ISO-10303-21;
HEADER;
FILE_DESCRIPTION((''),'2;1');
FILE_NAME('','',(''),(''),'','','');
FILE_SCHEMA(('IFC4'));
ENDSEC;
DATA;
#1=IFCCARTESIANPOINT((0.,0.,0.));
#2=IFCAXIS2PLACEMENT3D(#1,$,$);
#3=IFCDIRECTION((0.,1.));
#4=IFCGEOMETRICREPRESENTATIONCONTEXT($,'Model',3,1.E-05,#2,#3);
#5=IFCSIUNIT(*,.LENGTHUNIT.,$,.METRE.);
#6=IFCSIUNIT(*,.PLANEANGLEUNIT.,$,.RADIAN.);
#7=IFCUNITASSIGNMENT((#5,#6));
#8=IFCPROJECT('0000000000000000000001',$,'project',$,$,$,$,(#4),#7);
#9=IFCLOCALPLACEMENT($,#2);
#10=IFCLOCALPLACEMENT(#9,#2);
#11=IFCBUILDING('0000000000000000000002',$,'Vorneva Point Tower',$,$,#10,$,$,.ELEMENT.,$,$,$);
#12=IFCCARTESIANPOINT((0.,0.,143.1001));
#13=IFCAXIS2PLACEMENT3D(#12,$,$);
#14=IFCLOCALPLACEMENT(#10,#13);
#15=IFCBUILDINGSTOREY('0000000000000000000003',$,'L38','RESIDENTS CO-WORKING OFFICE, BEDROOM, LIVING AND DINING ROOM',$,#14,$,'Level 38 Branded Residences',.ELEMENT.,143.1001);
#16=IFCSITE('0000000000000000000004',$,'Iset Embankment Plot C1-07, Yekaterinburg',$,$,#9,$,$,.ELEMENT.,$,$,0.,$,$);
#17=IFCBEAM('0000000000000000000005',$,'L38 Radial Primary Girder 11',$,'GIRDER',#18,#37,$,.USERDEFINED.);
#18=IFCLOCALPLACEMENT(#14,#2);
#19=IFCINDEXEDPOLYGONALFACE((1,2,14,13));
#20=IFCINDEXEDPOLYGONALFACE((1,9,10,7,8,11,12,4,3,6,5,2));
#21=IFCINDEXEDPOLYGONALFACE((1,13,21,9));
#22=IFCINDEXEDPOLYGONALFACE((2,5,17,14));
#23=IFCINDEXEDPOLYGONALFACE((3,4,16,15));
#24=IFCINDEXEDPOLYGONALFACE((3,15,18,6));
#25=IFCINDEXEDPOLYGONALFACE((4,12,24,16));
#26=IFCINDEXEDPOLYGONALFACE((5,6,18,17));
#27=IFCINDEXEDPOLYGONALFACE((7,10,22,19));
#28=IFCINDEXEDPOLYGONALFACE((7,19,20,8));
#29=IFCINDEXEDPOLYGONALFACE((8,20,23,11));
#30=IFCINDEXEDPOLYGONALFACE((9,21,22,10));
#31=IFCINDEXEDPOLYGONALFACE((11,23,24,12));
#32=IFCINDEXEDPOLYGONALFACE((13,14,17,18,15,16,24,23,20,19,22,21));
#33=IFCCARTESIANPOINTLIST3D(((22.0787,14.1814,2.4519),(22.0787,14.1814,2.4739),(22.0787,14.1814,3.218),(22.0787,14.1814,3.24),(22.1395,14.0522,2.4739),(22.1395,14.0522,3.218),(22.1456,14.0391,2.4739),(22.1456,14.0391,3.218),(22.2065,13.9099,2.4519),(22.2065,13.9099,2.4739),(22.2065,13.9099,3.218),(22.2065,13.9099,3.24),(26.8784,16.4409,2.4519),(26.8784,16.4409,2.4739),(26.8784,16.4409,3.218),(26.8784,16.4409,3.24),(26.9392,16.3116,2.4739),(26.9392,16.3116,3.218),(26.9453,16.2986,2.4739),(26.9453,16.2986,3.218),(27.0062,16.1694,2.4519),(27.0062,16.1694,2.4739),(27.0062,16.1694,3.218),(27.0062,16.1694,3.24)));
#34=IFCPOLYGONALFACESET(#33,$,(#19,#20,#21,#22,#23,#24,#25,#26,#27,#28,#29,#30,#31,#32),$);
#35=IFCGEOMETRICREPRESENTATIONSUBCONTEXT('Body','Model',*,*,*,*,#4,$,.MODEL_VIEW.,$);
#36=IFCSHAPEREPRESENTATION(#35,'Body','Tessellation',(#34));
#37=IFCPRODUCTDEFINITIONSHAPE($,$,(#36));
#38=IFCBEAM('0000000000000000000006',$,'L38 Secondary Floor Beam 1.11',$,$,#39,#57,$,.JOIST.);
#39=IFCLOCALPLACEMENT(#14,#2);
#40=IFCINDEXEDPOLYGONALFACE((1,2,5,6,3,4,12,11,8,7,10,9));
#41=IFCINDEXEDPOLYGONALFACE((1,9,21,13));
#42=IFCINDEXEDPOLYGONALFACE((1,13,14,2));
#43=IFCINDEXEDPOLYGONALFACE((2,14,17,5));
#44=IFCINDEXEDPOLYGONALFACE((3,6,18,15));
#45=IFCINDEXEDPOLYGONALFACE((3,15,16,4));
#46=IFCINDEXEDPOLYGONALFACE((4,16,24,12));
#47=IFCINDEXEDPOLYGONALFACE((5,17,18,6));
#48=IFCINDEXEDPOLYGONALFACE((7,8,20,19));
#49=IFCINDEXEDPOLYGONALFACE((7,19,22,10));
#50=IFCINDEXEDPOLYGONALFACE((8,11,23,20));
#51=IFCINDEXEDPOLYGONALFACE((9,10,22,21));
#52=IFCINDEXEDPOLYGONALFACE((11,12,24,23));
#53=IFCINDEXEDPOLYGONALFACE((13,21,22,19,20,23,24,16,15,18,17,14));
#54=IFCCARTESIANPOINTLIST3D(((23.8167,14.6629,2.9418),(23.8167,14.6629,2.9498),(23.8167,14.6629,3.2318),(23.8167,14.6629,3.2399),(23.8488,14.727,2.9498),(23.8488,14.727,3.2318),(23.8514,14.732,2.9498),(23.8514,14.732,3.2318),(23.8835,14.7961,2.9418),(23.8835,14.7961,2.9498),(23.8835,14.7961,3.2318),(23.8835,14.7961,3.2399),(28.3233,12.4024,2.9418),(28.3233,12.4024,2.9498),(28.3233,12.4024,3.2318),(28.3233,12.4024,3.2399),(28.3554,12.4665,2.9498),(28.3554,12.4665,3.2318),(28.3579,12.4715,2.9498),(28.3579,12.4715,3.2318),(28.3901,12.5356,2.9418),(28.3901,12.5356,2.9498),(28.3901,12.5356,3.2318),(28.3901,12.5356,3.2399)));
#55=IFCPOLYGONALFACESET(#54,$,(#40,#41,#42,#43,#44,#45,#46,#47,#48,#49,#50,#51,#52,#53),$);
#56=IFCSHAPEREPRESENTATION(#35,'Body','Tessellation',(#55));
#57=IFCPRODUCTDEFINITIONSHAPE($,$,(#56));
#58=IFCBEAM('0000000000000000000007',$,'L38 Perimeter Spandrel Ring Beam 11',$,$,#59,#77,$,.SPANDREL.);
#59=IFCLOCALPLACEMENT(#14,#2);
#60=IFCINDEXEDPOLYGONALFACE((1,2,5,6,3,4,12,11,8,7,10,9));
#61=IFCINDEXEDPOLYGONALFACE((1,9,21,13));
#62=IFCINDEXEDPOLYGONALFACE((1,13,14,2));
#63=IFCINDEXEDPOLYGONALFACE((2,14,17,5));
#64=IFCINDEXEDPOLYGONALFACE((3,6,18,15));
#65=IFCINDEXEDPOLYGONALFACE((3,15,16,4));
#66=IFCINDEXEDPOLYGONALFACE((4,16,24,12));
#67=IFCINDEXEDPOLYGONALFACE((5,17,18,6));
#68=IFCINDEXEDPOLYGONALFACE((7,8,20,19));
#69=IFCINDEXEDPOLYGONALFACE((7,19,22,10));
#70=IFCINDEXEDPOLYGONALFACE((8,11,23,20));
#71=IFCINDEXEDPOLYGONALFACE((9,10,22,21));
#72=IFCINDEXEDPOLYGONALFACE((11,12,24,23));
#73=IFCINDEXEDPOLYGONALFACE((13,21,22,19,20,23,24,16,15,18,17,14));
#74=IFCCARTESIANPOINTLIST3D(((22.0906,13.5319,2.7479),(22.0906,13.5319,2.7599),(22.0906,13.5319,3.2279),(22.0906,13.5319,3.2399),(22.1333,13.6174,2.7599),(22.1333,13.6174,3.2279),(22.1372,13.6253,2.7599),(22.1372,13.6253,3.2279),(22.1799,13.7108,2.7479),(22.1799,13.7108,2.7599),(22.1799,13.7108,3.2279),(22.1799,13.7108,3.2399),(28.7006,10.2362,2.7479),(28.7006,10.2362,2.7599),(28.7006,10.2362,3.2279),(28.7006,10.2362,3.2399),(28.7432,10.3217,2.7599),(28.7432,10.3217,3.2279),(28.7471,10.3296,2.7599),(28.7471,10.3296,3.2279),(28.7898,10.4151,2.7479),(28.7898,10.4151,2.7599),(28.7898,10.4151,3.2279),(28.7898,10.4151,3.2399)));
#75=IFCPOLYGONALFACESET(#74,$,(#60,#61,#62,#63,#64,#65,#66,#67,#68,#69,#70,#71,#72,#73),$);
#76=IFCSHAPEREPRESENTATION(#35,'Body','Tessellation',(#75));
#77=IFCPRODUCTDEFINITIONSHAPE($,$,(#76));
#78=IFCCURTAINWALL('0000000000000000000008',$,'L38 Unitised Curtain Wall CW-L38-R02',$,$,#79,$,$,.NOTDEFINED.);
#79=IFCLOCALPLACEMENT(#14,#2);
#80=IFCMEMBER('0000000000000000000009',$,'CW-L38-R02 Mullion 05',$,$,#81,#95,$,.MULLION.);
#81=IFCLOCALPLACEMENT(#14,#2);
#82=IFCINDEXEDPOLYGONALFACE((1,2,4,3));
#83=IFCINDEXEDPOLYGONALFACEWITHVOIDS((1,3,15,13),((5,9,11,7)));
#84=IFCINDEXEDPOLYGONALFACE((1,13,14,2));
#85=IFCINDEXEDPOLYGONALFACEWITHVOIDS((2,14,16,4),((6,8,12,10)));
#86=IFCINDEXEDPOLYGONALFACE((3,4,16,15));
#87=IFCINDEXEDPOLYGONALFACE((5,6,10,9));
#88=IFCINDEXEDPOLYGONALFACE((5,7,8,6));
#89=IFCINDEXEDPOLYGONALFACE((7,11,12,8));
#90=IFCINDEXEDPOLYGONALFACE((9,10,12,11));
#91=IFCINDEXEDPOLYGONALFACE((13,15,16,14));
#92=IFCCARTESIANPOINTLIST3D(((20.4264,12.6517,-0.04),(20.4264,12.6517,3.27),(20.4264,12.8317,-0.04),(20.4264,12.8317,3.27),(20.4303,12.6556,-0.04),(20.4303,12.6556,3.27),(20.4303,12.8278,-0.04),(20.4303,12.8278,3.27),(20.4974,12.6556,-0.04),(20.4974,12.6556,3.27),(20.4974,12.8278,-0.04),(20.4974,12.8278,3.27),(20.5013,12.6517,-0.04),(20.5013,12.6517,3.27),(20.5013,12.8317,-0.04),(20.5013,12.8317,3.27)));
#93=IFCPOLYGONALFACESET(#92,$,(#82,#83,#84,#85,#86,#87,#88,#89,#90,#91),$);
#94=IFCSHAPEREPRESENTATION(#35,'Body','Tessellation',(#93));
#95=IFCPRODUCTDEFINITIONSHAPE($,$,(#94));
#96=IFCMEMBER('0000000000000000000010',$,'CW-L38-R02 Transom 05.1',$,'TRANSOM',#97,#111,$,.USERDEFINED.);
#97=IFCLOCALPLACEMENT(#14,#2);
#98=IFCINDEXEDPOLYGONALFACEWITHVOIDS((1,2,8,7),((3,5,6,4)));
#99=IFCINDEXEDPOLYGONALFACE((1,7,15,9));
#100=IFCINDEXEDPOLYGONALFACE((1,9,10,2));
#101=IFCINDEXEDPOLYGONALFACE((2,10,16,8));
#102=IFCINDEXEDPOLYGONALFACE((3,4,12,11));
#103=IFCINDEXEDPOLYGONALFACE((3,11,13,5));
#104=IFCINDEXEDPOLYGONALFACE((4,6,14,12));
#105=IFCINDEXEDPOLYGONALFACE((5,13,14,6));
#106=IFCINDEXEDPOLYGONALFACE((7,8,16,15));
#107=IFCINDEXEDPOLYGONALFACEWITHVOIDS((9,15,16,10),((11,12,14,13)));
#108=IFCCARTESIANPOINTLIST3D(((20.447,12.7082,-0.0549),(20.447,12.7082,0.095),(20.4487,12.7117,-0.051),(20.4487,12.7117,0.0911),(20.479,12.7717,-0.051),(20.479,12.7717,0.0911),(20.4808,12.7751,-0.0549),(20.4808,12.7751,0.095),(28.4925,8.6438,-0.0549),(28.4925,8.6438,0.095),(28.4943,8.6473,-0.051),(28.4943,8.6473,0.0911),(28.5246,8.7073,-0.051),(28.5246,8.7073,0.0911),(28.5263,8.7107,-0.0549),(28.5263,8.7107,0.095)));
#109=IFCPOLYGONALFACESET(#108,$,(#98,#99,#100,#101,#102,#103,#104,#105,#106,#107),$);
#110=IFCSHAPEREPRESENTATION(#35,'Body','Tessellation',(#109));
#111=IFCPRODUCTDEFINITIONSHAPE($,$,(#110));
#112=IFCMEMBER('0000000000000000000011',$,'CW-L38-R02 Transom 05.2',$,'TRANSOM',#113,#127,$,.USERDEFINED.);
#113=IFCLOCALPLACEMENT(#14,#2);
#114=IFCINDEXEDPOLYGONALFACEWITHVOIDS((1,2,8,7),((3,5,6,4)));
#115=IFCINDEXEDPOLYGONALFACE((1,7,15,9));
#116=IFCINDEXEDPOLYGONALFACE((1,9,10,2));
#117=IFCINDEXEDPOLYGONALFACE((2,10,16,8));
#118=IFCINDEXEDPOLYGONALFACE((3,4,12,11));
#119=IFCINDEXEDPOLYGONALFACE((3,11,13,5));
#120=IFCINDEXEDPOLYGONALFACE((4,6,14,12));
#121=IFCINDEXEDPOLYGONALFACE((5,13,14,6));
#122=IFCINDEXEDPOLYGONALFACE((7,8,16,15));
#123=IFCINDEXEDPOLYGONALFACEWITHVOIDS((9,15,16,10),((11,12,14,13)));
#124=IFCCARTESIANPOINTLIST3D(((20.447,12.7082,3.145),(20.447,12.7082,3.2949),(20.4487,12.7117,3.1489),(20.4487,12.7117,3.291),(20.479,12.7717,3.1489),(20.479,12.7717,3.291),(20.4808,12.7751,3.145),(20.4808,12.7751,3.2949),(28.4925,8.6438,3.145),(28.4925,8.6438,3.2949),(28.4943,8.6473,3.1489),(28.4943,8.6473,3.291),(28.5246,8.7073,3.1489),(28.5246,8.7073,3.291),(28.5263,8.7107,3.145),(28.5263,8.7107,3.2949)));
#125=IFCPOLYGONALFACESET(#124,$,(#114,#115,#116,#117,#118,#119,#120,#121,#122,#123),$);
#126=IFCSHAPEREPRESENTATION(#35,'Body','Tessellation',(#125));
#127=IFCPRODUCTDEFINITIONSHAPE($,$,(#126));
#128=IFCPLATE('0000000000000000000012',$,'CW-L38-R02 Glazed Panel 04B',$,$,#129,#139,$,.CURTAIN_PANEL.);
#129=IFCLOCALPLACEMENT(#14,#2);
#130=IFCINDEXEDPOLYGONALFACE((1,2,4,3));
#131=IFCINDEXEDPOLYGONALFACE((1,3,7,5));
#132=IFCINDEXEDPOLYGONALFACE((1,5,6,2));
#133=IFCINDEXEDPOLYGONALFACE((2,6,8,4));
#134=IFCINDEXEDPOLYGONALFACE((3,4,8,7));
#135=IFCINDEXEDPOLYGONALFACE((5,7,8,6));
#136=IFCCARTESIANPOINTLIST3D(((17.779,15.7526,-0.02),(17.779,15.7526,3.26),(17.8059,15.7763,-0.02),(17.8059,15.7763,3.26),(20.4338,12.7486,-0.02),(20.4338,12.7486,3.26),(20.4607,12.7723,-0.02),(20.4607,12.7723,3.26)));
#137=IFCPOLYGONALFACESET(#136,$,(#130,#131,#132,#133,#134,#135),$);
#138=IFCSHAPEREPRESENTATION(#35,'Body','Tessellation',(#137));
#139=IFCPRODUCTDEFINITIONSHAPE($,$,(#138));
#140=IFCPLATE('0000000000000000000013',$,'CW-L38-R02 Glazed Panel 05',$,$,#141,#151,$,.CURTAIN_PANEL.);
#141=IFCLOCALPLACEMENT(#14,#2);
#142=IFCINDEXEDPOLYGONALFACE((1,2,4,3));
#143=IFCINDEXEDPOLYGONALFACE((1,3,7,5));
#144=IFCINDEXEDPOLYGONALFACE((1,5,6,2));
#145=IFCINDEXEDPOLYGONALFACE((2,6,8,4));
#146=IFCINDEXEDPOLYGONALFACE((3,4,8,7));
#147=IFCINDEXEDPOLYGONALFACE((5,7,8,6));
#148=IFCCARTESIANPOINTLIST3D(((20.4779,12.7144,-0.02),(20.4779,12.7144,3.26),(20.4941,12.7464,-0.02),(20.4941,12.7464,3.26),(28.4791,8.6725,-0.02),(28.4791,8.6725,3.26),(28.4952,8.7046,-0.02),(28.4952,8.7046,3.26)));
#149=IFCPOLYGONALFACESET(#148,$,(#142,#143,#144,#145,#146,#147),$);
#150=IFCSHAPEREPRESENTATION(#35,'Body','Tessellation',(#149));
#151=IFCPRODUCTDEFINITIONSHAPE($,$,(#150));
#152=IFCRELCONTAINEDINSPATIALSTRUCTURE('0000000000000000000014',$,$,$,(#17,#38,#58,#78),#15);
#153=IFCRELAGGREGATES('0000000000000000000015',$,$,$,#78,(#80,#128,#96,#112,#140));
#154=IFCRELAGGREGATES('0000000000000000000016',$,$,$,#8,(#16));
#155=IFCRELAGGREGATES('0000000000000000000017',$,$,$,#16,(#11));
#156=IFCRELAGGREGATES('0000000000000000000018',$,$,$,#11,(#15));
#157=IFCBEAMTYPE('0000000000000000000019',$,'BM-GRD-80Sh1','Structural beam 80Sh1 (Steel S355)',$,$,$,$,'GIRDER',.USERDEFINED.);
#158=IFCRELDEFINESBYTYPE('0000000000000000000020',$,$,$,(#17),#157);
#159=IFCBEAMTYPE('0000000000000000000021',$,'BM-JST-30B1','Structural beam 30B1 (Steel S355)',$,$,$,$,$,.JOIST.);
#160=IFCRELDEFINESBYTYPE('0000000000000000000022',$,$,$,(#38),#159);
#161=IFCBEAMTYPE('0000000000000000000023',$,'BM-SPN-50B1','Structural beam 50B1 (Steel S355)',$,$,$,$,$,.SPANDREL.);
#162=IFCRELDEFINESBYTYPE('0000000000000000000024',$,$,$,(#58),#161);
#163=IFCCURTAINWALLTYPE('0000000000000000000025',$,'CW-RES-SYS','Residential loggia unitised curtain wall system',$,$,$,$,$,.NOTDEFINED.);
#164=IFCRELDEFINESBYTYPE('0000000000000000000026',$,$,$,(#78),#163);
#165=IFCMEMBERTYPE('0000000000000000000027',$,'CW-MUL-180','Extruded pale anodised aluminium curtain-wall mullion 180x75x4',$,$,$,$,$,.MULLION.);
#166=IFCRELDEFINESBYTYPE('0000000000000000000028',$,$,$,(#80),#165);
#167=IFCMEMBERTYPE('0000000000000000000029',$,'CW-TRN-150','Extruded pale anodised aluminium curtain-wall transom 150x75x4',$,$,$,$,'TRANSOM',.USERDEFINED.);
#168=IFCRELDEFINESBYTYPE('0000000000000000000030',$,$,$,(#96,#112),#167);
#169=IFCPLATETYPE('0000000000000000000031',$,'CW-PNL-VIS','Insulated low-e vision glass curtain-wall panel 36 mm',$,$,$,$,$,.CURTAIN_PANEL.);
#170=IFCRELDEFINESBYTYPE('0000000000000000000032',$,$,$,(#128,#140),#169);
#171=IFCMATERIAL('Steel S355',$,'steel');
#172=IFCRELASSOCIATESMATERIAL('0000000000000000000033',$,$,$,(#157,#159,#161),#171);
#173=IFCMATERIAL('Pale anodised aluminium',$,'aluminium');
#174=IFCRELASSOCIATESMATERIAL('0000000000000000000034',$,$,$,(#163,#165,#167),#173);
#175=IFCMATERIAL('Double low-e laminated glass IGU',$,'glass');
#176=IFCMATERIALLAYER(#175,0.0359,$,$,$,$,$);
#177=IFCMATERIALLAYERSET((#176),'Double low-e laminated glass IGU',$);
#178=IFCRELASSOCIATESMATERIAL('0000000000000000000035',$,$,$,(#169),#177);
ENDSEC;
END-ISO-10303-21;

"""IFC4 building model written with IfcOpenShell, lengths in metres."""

from ifc_helpers import new_model, si_unit, direction, frame, origin, origin_2d, place, context, subcontext, project, spatial, rectangle, hollow_rectangle, i_section, extrude, material, layer, layer_set, material_profile, profile_set, type_object, element, aggregate, save


model = new_model("IFC4")

# Units and contexts
model_context = context("Model", 3, precision=1e-05, world=origin(), true_north=direction((0.0, 1.0)))
body_context = subcontext(model_context, "Body", "Model", "MODEL_VIEW")
ifc_project = project(units=[si_unit("LENGTHUNIT", "METRE"), si_unit("PLANEANGLEUNIT", "RADIAN")], contexts=[model_context])

# Site, building, storey
site_placement = place(None, origin())
site = spatial("IfcSite", under=ifc_project, at=site_placement, Name="Iset Embankment Plot C1-07, Yekaterinburg", CompositionType="ELEMENT", RefElevation=0.0)
building_placement = place(site_placement, origin())
building = spatial("IfcBuilding", under=site, at=building_placement, Name="Vorneva Point Tower", CompositionType="ELEMENT")
storey_placement = place(building_placement, frame((0.0, 0.0, 143.1001)))
storey = spatial("IfcBuildingStorey", under=building, at=storey_placement, Name="L38", Description="RESIDENTS CO-WORKING OFFICE, BEDROOM, LIVING AND DINING ROOM", LongName="Level 38 Branded Residences", CompositionType="ELEMENT", Elevation=143.1001)

# Beams
ifc_material_1 = material(Name="Steel S355", Category="steel")
ifc_material_profile_1 = material_profile(ifc_material_1, i_section(OverallWidth=0.3, OverallDepth=0.7881, WebThickness=0.0144, FlangeThickness=0.022, at=origin_2d()), Name="80Sh1")
ifc_profile_set_1 = profile_set([ifc_material_profile_1], Name="Steel S355")
beam_type_1 = type_object("IfcBeamType", Name="BM-GRD-80Sh1", Description="Structural beam 80Sh1 (Steel S355)", ElementType="GIRDER", PredefinedType="USERDEFINED", material=ifc_profile_set_1)
beam_1_placement = place(storey_placement, frame((22.1426, 14.0457, 2.8459), z_axis=(0.904761, 0.425919, 0.0), x_axis=(-0.425919, 0.904761, 0.0)))
element("IfcBeam", 1, at=beam_1_placement, inside=storey, type_object=beam_type_1, Name="L38 Radial Primary Girder 11", ObjectType="GIRDER", PredefinedType="USERDEFINED", context=body_context, shape_type="SweptSolid", body=[
    extrude(i_section(OverallWidth=0.3, OverallDepth=0.7881, WebThickness=0.0144, FlangeThickness=0.022, at=origin_2d()), origin(), (0.0, 0.0, 1.0), 5.3049),
])
ifc_material_profile_2 = material_profile(ifc_material_1, i_section(OverallWidth=0.1489, OverallDepth=0.2981, WebThickness=0.0056, FlangeThickness=0.0081, at=origin_2d()), Name="30B1")
ifc_profile_set_2 = profile_set([ifc_material_profile_2], Name="Steel S355")
beam_type_2 = type_object("IfcBeamType", Name="BM-JST-30B1", Description="Structural beam 30B1 (Steel S355)", PredefinedType="JOIST", material=ifc_profile_set_2)
beam_2_placement = place(storey_placement, frame((23.8501, 14.7295, 3.0908), z_axis=(0.893855, -0.448356, 0.0), x_axis=(0.448356, 0.893855, 0.0)))
element("IfcBeam", 2, at=beam_2_placement, inside=storey, type_object=beam_type_2, Name="L38 Secondary Floor Beam 1.11", PredefinedType="JOIST", context=body_context, shape_type="SweptSolid", body=[
    extrude(i_section(OverallWidth=0.1489, OverallDepth=0.2981, WebThickness=0.0056, FlangeThickness=0.0081, at=origin_2d()), origin(), (0.0, 0.0, 1.0), 5.0417),
])
ifc_material_profile_3 = material_profile(ifc_material_1, i_section(OverallWidth=0.2, OverallDepth=0.4919, WebThickness=0.0088, FlangeThickness=0.012, at=origin_2d()), Name="50B1")
ifc_profile_set_3 = profile_set([ifc_material_profile_3], Name="Steel S355")
beam_type_3 = type_object("IfcBeamType", Name="BM-SPN-50B1", Description="Structural beam 50B1 (Steel S355)", PredefinedType="SPANDREL", material=ifc_profile_set_3)
beam_3_placement = place(storey_placement, frame((22.1353, 13.6213, 2.9939), z_axis=(0.894929, -0.446208, 0.0), x_axis=(0.446208, 0.894929, 0.0)))
element("IfcBeam", 3, at=beam_3_placement, inside=storey, type_object=beam_type_3, Name="L38 Perimeter Spandrel Ring Beam 11", PredefinedType="SPANDREL", context=body_context, shape_type="SweptSolid", body=[
    extrude(i_section(OverallWidth=0.2, OverallDepth=0.4919, WebThickness=0.0088, FlangeThickness=0.012, at=origin_2d()), origin(), (0.0, 0.0, 1.0), 7.386),
])

# Curtain wall, members, plates
ifc_material_2 = material(Name="Pale anodised aluminium", Category="aluminium")
curtain_wall_type = type_object("IfcCurtainWallType", Name="CW-RES-SYS", Description="Residential loggia unitised curtain wall system", PredefinedType="NOTDEFINED", material=ifc_material_2)
curtain_wall_placement = place(storey_placement, origin())
curtain_wall = element("IfcCurtainWall", 4, at=curtain_wall_placement, inside=storey, type_object=curtain_wall_type, Name="L38 Unitised Curtain Wall CW-L38-R02", PredefinedType="NOTDEFINED")
ifc_material_profile_4 = material_profile(ifc_material_2, hollow_rectangle(XDim=0.075, YDim=0.1799, WallThickness=0.0039, at=origin_2d()), Name="AL-MUL 180x75x4")
ifc_profile_set_4 = profile_set([ifc_material_profile_4], Name="Pale anodised aluminium")
member_type_1 = type_object("IfcMemberType", Name="CW-MUL-180", Description="Extruded pale anodised aluminium curtain-wall mullion 180x75x4", PredefinedType="MULLION", material=ifc_profile_set_4)
member_1_placement = place(storey_placement, frame((20.4639, 12.7417, -0.04), z_axis=(0.0, 0.0, 1.0), x_axis=(1.0, 0.0, 0.0)))
member_1 = element("IfcMember", 5, at=member_1_placement, type_object=member_type_1, Name="CW-L38-R02 Mullion 05", PredefinedType="MULLION", context=body_context, shape_type="SweptSolid", body=[
    extrude(hollow_rectangle(XDim=0.075, YDim=0.1799, WallThickness=0.0039, at=origin_2d()), origin(), (0.0, 0.0, 1.0), 3.3101),
])
ifc_material_profile_5 = material_profile(ifc_material_2, hollow_rectangle(XDim=0.075, YDim=0.1499, WallThickness=0.0039, at=origin_2d()), Name="AL-TRN 150x75x4")
ifc_profile_set_5 = profile_set([ifc_material_profile_5], Name="Pale anodised aluminium")
member_type_2 = type_object("IfcMemberType", Name="CW-TRN-150", Description="Extruded pale anodised aluminium curtain-wall transom 150x75x4", ElementType="TRANSOM", PredefinedType="USERDEFINED", material=ifc_profile_set_5)
member_2_placement = place(storey_placement, frame((20.4639, 12.7417, 0.02), z_axis=(0.892572, -0.450904, 0.0), x_axis=(0.450904, 0.892572, 0.0)))
member_2 = element("IfcMember", 6, at=member_2_placement, type_object=member_type_2, Name="CW-L38-R02 Transom 05.1", ObjectType="TRANSOM", PredefinedType="USERDEFINED", context=body_context, shape_type="SweptSolid", body=[
    extrude(hollow_rectangle(XDim=0.075, YDim=0.1499, WallThickness=0.0039, at=origin_2d()), origin(), (0.0, 0.0, 1.0), 9.0139),
])
member_3_placement = place(storey_placement, frame((20.4639, 12.7417, 3.22), z_axis=(0.892572, -0.450904, 0.0), x_axis=(0.450904, 0.892572, 0.0)))
member_3 = element("IfcMember", 7, at=member_3_placement, type_object=member_type_2, Name="CW-L38-R02 Transom 05.2", ObjectType="TRANSOM", PredefinedType="USERDEFINED", context=body_context, shape_type="SweptSolid", body=[
    extrude(hollow_rectangle(XDim=0.075, YDim=0.1499, WallThickness=0.0039, at=origin_2d()), origin(), (0.0, 0.0, 1.0), 9.0139),
])
ifc_material_3 = material(Name="Double low-e laminated glass IGU", Category="glass")
ifc_layer_1 = layer(ifc_material_3, 0.0359)
ifc_layer_set_1 = layer_set([ifc_layer_1], Name="Double low-e laminated glass IGU")
plate_type = type_object("IfcPlateType", Name="CW-PNL-VIS", Description="Insulated low-e vision glass curtain-wall panel 36 mm", PredefinedType="CURTAIN_PANEL", material=ifc_layer_set_1)
plate_1_placement = place(storey_placement, frame((19.1199, 14.2625, -0.02), z_axis=(0.0, 0.0, 1.0), x_axis=(0.662215, -0.749314, 0.0)))
plate_1 = element("IfcPlate", 8, at=plate_1_placement, type_object=plate_type, Name="CW-L38-R02 Glazed Panel 04B", PredefinedType="CURTAIN_PANEL", context=body_context, shape_type="SweptSolid", body=[
    extrude(rectangle(XDim=4.009, YDim=0.0359, at=origin_2d()), origin(), (0.0, 0.0, 1.0), 3.28),
])
plate_2_placement = place(storey_placement, frame((24.4866, 10.7095, -0.02), z_axis=(0.0, 0.0, 1.0), x_axis=(0.892578, -0.450893, 0.0)))
plate_2 = element("IfcPlate", 9, at=plate_2_placement, type_object=plate_type, Name="CW-L38-R02 Glazed Panel 05", PredefinedType="CURTAIN_PANEL", context=body_context, shape_type="SweptSolid", body=[
    extrude(rectangle(XDim=8.9641, YDim=0.0359, at=origin_2d()), origin(), (0.0, 0.0, 1.0), 3.28),
])
aggregate(curtain_wall, [member_1, plate_1, member_2, member_3, plate_2])

save(model, "model.ifc")
